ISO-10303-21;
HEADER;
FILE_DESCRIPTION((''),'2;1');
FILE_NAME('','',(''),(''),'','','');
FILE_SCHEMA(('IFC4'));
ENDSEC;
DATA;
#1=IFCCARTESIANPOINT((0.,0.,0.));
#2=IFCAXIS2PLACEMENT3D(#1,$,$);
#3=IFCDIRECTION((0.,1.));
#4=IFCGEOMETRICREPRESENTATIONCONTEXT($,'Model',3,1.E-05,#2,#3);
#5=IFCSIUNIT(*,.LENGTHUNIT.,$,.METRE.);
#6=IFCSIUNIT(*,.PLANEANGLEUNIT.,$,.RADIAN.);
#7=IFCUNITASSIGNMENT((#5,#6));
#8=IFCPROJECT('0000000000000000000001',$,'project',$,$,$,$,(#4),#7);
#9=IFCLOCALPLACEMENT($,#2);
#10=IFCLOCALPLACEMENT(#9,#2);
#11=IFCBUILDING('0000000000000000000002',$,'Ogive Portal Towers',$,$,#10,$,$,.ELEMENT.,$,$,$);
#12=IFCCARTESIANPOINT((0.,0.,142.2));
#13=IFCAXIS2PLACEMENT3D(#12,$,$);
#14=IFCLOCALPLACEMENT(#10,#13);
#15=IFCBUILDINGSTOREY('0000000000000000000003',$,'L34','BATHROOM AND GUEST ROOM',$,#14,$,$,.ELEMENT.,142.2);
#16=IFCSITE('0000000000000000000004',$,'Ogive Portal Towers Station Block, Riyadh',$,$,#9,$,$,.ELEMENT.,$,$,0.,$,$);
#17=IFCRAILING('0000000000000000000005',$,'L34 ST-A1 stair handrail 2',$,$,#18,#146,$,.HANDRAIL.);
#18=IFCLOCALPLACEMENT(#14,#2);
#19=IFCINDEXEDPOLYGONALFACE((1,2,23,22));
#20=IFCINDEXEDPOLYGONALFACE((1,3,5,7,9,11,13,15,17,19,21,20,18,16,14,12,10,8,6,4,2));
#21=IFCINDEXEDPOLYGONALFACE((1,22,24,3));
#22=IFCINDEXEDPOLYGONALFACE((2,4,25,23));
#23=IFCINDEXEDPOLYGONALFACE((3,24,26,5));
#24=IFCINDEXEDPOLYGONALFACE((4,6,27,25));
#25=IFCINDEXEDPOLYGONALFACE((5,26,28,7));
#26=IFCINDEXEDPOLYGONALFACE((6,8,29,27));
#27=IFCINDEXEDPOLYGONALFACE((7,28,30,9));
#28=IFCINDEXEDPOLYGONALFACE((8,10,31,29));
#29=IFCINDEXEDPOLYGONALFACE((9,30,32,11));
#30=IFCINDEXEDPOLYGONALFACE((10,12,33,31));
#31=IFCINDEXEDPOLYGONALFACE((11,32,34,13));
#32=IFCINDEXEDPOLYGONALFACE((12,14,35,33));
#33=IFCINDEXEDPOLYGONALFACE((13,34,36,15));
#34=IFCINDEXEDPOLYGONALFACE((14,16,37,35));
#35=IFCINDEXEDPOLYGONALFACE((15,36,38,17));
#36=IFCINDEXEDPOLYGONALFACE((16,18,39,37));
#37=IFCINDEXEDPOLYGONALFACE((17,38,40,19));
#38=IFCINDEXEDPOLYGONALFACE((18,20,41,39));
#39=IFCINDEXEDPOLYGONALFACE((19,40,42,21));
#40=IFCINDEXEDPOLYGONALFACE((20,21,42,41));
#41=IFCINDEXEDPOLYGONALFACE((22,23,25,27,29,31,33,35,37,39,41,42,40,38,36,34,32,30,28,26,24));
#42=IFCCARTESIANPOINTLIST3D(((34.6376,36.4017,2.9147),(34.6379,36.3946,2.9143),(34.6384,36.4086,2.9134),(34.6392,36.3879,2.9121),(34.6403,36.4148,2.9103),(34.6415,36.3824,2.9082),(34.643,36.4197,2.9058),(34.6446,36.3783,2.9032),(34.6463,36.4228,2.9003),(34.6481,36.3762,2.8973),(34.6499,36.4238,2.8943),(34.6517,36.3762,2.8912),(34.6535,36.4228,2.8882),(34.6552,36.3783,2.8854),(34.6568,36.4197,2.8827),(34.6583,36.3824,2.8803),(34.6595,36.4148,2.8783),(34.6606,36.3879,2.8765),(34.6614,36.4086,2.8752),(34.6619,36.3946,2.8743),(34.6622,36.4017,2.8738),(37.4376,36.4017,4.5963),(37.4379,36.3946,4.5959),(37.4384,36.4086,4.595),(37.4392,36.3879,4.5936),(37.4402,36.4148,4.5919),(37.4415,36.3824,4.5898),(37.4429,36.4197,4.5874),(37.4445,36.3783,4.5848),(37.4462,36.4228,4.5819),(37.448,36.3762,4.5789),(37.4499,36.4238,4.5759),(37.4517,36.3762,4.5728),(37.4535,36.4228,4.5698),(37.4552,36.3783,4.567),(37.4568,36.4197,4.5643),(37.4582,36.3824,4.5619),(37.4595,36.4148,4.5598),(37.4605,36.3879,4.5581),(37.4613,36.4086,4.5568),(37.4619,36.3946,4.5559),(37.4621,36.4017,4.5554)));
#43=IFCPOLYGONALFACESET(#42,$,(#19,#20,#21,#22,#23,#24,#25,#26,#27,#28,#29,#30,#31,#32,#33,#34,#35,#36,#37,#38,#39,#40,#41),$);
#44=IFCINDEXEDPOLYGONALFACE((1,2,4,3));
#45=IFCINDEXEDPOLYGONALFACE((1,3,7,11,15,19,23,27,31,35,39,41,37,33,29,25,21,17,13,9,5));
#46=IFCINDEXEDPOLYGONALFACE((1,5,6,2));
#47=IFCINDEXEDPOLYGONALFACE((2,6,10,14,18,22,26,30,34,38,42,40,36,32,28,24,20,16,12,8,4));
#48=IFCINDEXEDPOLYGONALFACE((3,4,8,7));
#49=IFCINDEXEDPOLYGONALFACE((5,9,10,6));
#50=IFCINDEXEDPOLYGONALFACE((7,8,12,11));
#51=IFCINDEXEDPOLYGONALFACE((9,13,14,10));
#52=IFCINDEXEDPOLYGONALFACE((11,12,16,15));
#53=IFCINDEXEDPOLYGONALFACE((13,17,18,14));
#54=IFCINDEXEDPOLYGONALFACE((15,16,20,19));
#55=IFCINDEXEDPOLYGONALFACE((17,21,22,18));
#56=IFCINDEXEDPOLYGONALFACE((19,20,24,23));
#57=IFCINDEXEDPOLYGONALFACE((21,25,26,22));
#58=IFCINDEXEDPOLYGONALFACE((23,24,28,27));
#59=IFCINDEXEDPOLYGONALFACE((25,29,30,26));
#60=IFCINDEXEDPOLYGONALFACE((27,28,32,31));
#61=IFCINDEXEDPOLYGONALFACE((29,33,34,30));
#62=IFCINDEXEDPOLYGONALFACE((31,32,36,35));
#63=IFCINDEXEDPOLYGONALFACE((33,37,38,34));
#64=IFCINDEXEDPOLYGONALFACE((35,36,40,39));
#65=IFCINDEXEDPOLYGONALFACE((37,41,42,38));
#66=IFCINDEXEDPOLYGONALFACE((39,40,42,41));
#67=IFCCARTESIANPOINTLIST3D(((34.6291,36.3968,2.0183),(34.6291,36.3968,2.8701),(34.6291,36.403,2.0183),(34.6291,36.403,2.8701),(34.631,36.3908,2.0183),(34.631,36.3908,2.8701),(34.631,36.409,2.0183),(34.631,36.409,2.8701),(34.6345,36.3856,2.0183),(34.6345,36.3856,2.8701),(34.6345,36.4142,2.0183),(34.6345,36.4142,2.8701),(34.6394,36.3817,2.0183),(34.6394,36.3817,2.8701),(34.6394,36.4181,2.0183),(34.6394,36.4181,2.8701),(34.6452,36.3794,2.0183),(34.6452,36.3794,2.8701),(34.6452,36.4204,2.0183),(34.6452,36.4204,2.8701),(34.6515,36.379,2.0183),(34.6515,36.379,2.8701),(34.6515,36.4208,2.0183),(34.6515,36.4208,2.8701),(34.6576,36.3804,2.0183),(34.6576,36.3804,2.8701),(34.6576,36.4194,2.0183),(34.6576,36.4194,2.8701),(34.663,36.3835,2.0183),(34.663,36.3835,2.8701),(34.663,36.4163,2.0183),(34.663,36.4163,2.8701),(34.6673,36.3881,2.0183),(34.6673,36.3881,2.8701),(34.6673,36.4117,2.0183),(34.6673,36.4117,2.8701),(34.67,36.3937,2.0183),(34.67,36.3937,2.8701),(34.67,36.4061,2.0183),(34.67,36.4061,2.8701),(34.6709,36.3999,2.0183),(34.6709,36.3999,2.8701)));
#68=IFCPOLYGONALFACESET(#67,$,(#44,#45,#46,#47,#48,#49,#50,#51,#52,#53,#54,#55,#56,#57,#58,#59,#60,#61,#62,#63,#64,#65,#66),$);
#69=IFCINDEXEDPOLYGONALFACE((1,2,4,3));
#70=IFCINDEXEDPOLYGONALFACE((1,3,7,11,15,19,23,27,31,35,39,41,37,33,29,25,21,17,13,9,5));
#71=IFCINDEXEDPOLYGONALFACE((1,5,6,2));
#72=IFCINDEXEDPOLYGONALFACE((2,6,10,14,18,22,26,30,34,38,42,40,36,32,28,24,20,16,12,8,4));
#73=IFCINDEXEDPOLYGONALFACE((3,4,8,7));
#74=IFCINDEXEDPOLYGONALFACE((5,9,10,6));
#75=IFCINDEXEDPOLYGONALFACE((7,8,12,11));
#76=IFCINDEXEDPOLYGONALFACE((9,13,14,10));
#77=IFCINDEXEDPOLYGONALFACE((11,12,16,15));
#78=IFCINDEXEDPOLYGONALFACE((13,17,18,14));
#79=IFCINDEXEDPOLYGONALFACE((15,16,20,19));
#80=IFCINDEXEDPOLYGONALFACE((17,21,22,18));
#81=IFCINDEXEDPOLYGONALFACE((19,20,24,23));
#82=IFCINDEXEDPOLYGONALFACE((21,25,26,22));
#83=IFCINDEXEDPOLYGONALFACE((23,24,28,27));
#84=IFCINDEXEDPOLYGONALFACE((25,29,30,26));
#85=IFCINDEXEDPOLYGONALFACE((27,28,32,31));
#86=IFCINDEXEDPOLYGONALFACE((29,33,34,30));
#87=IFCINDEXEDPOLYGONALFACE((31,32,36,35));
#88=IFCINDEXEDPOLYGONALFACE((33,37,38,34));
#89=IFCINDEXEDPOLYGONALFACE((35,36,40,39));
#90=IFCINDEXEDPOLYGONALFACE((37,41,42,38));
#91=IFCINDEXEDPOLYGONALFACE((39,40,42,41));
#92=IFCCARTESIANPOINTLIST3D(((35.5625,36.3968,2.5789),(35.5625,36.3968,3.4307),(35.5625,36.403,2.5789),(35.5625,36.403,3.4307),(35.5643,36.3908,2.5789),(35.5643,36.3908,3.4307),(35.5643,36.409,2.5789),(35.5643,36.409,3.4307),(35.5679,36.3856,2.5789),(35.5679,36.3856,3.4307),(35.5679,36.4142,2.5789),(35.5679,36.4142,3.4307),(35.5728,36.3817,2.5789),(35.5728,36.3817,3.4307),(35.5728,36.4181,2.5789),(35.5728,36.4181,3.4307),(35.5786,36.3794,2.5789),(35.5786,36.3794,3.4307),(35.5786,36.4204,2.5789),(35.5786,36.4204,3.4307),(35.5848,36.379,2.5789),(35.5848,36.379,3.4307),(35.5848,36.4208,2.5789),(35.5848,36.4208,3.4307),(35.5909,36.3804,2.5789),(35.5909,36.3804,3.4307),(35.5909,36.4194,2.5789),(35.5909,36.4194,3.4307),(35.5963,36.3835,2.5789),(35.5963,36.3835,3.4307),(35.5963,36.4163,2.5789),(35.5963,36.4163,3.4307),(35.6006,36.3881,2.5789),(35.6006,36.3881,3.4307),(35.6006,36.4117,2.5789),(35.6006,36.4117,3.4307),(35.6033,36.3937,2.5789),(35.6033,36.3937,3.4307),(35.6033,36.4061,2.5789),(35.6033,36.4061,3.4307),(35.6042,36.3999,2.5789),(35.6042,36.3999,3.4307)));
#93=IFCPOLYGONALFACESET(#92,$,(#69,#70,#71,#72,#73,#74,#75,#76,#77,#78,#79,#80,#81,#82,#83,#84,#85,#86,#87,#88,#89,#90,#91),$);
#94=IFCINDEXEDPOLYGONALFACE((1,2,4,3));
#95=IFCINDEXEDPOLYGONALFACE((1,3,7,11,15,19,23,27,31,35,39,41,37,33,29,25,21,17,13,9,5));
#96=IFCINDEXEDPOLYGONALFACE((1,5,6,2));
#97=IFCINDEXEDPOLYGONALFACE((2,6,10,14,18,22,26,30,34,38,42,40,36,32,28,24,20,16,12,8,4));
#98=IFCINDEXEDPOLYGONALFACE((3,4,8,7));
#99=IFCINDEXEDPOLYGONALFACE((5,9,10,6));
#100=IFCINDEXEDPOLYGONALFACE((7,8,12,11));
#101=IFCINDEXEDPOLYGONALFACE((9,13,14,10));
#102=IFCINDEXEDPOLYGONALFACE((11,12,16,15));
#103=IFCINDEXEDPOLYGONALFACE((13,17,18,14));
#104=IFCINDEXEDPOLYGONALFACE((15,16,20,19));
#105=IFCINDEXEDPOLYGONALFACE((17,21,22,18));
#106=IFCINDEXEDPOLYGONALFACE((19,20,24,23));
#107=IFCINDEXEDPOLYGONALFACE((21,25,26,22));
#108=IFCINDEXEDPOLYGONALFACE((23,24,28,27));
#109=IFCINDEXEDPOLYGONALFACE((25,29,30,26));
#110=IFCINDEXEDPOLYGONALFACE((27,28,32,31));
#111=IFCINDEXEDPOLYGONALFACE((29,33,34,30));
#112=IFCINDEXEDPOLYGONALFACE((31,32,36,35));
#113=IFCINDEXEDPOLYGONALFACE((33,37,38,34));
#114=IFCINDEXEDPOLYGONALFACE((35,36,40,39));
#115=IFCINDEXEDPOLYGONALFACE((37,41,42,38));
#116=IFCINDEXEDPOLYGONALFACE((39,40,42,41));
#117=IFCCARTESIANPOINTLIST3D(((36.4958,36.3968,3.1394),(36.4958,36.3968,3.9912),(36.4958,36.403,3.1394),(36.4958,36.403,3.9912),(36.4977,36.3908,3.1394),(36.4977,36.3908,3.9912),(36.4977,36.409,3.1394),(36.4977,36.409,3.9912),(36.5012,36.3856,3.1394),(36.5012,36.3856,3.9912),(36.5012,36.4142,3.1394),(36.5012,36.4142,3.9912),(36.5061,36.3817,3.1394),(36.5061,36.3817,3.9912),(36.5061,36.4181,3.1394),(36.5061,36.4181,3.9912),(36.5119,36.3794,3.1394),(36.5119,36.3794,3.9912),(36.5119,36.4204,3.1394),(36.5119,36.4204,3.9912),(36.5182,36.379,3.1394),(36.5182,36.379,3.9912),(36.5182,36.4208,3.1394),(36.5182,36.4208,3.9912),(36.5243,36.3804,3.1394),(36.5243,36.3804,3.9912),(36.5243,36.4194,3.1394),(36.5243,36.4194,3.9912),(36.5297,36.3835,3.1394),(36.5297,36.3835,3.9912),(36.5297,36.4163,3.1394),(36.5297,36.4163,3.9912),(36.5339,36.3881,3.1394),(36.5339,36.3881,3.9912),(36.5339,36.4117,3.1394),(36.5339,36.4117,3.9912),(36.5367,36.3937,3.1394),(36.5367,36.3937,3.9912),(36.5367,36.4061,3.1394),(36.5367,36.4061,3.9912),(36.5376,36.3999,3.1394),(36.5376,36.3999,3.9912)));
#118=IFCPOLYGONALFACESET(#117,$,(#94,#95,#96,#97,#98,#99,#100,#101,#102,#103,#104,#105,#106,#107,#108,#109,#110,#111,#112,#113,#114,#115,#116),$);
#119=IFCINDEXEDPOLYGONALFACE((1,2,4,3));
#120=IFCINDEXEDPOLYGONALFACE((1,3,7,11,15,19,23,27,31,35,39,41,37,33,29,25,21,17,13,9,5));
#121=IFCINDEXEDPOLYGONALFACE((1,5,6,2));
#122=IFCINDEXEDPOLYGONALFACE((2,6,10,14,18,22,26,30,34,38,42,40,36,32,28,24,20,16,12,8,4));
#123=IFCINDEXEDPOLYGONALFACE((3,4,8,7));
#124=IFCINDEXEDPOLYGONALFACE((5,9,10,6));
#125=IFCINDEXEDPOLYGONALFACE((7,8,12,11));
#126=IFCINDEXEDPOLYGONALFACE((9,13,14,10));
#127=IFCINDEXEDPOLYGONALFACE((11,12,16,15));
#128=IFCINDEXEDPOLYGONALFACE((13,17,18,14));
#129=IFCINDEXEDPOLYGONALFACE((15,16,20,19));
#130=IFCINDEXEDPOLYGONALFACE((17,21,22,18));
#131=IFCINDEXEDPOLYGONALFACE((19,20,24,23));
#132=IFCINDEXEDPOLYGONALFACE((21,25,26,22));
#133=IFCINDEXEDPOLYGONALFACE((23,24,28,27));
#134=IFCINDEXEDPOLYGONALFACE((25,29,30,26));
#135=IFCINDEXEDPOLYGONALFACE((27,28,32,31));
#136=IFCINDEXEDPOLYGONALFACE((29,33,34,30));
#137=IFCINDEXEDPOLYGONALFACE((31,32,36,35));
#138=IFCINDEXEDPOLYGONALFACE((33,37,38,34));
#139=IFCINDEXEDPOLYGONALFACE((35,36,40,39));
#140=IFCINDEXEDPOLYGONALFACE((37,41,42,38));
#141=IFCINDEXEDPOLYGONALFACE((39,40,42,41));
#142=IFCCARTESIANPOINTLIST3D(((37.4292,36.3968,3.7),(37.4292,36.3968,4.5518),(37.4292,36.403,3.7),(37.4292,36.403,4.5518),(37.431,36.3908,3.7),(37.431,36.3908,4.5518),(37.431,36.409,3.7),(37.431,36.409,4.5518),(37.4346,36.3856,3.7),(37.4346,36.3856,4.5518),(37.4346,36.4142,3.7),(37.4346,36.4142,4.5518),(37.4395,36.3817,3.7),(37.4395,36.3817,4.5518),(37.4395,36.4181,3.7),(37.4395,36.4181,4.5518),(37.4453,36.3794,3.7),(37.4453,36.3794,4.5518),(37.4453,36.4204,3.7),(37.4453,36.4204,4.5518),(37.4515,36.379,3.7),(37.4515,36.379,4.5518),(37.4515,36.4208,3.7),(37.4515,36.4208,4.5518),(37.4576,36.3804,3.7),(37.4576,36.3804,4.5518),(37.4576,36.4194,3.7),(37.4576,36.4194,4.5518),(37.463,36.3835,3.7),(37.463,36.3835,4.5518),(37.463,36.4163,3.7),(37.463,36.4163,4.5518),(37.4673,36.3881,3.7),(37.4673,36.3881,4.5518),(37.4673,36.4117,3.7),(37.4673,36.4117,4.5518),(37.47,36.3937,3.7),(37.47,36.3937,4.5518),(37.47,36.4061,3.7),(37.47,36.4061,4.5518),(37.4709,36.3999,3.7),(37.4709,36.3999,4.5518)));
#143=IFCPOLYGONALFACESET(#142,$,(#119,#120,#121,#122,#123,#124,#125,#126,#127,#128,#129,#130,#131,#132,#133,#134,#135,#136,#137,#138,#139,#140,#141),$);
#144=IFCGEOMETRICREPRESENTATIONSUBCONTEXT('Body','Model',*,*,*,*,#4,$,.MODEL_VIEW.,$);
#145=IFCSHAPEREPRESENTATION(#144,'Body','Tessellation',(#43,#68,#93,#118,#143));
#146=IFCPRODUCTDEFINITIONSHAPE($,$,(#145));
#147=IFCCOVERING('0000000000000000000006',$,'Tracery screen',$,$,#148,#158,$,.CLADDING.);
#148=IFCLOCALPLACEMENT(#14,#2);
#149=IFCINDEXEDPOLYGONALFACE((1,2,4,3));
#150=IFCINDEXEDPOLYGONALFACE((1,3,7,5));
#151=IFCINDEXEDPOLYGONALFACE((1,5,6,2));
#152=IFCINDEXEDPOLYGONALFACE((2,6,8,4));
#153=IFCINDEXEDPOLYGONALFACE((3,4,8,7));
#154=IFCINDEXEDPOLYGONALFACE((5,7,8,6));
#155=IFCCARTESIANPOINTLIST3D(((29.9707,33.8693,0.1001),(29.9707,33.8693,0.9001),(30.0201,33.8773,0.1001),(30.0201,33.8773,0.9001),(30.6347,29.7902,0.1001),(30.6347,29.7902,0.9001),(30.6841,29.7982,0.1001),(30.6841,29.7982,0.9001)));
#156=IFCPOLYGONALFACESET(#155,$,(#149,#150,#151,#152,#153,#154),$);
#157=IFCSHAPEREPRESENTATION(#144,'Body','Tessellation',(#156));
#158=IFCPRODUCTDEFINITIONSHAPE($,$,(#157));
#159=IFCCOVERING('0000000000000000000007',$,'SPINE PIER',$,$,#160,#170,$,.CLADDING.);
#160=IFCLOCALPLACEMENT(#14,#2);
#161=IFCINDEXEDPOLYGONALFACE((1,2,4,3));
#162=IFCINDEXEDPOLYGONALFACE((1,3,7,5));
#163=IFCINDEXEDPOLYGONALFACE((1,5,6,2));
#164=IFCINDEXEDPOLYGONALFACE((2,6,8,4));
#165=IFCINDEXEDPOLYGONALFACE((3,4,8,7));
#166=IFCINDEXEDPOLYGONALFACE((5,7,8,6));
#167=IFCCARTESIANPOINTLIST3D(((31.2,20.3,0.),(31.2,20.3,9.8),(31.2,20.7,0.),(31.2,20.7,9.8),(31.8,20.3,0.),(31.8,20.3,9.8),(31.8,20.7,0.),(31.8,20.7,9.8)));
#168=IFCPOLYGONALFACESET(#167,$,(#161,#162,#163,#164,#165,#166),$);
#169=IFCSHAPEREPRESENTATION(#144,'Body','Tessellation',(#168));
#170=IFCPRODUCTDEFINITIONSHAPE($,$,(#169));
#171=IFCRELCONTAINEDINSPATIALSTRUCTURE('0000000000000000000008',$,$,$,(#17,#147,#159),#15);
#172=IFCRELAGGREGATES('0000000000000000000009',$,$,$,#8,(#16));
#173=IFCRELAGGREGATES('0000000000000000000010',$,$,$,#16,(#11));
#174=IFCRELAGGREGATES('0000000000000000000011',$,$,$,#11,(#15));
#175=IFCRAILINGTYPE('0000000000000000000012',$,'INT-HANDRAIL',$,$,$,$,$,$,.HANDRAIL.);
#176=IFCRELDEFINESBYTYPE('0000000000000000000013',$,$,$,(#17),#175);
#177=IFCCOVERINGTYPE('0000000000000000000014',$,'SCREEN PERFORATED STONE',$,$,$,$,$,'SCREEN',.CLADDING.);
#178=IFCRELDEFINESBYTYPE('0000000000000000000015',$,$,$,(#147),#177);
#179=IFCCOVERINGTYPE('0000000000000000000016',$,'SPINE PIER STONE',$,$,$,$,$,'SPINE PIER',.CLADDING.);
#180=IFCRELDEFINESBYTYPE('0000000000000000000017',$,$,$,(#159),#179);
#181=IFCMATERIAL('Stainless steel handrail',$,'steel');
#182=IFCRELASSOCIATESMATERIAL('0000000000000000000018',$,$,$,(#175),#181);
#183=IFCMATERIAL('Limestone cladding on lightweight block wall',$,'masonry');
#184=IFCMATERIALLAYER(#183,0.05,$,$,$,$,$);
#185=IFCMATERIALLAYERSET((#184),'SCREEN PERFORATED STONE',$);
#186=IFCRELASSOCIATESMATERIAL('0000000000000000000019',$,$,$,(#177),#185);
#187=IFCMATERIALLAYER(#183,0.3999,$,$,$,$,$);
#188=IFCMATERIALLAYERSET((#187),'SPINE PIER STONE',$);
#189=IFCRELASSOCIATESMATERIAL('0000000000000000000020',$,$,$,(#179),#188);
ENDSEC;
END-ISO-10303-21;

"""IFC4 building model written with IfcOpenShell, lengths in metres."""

from ifc_helpers import new_model, si_unit, direction, frame, origin, origin_2d, place, context, subcontext, project, spatial, rectangle, circle, extrude, material, layer, layer_set, type_object, element, save


model = new_model("IFC4")

# Units and contexts
model_context = context("Model", 3, precision=1e-05, world=origin(), true_north=direction((0.0, 1.0)))
body_context = subcontext(model_context, "Body", "Model", "MODEL_VIEW")
ifc_project = project(units=[si_unit("LENGTHUNIT", "METRE"), si_unit("PLANEANGLEUNIT", "RADIAN")], contexts=[model_context])

# Site, building, storey
site_placement = place(None, origin())
site = spatial("IfcSite", under=ifc_project, at=site_placement, Name="Ogive Portal Towers Station Block, Riyadh", CompositionType="ELEMENT", RefElevation=0.0)
building_placement = place(site_placement, origin())
building = spatial("IfcBuilding", under=site, at=building_placement, Name="Ogive Portal Towers", CompositionType="ELEMENT")
storey_placement = place(building_placement, frame((0.0, 0.0, 142.2)))
storey = spatial("IfcBuildingStorey", under=building, at=storey_placement, Name="L34", Description="BATHROOM AND GUEST ROOM", CompositionType="ELEMENT", Elevation=142.2)

# Shared definitions
ifc_material_1 = material(Name="Limestone cladding on lightweight block wall", Category="masonry")

# Railing
ifc_material_2 = material(Name="Stainless steel handrail", Category="steel")
railing_type = type_object("IfcRailingType", Name="INT-HANDRAIL", PredefinedType="HANDRAIL", material=ifc_material_2)
railing_placement = place(storey_placement, frame((34.6499, 36.3999, 2.0183)))
element("IfcRailing", 1, at=railing_placement, inside=storey, type_object=railing_type, Name="L34 ST-A1 stair handrail 2", PredefinedType="HANDRAIL", context=body_context, shape_type="SweptSolid", body=[
    extrude(circle(Radius=0.0239, at=origin_2d()), frame((0.0, 0.0, 0.876), z_axis=(0.857275, 0.0, 0.514858), x_axis=(0.0, 1.0, 0.0)), (0.0, 0.0, 1.0), 3.2661),
    extrude(circle(Radius=0.021, at=origin_2d()), origin(), (0.0, 0.0, 1.0), 0.8518),
    extrude(circle(Radius=0.021, at=origin_2d()), frame((0.9333, 0.0, 0.5605)), (0.0, 0.0, 1.0), 0.8518),
    extrude(circle(Radius=0.021, at=origin_2d()), frame((1.8667, 0.0, 1.1211)), (0.0, 0.0, 1.0), 0.8518),
    extrude(circle(Radius=0.021, at=origin_2d()), frame((2.8, 0.0, 1.6816)), (0.0, 0.0, 1.0), 0.8518),
])

# Coverings
ifc_layer_1 = layer(ifc_material_1, 0.05)
ifc_layer_set_1 = layer_set([ifc_layer_1], Name="SCREEN PERFORATED STONE")
covering_type_1 = type_object("IfcCoveringType", Name="SCREEN PERFORATED STONE", ElementType="SCREEN", PredefinedType="CLADDING", material=ifc_layer_set_1)
covering_1_placement = place(storey_placement, frame((30.3274, 31.8337, 0.1001), z_axis=(0.0, 0.0, 1.0), x_axis=(0.160655, -0.987011, 0.0)))
element("IfcCovering", 2, at=covering_1_placement, inside=storey, type_object=covering_type_1, Name="Tracery screen", PredefinedType="CLADDING", context=body_context, shape_type="SweptSolid", body=[
    extrude(rectangle(XDim=4.1328, YDim=0.05, at=origin_2d()), origin(), (0.0, 0.0, 1.0), 0.8),
])
ifc_layer_2 = layer(ifc_material_1, 0.3999)
ifc_layer_set_2 = layer_set([ifc_layer_2], Name="SPINE PIER STONE")
covering_type_2 = type_object("IfcCoveringType", Name="SPINE PIER STONE", ElementType="SPINE PIER", PredefinedType="CLADDING", material=ifc_layer_set_2)
covering_2_placement = place(storey_placement, frame((31.5, 20.5, 0.0), z_axis=(0.0, 0.0, 1.0), x_axis=(1.0, 0.0, 0.0)))
element("IfcCovering", 3, at=covering_2_placement, inside=storey, type_object=covering_type_2, Name="SPINE PIER", PredefinedType="CLADDING", context=body_context, shape_type="SweptSolid", body=[
    extrude(rectangle(XDim=0.6001, YDim=0.3999, at=origin_2d()), origin(), (0.0, 0.0, 1.0), 9.8),
])

save(model, "model.ifc")
